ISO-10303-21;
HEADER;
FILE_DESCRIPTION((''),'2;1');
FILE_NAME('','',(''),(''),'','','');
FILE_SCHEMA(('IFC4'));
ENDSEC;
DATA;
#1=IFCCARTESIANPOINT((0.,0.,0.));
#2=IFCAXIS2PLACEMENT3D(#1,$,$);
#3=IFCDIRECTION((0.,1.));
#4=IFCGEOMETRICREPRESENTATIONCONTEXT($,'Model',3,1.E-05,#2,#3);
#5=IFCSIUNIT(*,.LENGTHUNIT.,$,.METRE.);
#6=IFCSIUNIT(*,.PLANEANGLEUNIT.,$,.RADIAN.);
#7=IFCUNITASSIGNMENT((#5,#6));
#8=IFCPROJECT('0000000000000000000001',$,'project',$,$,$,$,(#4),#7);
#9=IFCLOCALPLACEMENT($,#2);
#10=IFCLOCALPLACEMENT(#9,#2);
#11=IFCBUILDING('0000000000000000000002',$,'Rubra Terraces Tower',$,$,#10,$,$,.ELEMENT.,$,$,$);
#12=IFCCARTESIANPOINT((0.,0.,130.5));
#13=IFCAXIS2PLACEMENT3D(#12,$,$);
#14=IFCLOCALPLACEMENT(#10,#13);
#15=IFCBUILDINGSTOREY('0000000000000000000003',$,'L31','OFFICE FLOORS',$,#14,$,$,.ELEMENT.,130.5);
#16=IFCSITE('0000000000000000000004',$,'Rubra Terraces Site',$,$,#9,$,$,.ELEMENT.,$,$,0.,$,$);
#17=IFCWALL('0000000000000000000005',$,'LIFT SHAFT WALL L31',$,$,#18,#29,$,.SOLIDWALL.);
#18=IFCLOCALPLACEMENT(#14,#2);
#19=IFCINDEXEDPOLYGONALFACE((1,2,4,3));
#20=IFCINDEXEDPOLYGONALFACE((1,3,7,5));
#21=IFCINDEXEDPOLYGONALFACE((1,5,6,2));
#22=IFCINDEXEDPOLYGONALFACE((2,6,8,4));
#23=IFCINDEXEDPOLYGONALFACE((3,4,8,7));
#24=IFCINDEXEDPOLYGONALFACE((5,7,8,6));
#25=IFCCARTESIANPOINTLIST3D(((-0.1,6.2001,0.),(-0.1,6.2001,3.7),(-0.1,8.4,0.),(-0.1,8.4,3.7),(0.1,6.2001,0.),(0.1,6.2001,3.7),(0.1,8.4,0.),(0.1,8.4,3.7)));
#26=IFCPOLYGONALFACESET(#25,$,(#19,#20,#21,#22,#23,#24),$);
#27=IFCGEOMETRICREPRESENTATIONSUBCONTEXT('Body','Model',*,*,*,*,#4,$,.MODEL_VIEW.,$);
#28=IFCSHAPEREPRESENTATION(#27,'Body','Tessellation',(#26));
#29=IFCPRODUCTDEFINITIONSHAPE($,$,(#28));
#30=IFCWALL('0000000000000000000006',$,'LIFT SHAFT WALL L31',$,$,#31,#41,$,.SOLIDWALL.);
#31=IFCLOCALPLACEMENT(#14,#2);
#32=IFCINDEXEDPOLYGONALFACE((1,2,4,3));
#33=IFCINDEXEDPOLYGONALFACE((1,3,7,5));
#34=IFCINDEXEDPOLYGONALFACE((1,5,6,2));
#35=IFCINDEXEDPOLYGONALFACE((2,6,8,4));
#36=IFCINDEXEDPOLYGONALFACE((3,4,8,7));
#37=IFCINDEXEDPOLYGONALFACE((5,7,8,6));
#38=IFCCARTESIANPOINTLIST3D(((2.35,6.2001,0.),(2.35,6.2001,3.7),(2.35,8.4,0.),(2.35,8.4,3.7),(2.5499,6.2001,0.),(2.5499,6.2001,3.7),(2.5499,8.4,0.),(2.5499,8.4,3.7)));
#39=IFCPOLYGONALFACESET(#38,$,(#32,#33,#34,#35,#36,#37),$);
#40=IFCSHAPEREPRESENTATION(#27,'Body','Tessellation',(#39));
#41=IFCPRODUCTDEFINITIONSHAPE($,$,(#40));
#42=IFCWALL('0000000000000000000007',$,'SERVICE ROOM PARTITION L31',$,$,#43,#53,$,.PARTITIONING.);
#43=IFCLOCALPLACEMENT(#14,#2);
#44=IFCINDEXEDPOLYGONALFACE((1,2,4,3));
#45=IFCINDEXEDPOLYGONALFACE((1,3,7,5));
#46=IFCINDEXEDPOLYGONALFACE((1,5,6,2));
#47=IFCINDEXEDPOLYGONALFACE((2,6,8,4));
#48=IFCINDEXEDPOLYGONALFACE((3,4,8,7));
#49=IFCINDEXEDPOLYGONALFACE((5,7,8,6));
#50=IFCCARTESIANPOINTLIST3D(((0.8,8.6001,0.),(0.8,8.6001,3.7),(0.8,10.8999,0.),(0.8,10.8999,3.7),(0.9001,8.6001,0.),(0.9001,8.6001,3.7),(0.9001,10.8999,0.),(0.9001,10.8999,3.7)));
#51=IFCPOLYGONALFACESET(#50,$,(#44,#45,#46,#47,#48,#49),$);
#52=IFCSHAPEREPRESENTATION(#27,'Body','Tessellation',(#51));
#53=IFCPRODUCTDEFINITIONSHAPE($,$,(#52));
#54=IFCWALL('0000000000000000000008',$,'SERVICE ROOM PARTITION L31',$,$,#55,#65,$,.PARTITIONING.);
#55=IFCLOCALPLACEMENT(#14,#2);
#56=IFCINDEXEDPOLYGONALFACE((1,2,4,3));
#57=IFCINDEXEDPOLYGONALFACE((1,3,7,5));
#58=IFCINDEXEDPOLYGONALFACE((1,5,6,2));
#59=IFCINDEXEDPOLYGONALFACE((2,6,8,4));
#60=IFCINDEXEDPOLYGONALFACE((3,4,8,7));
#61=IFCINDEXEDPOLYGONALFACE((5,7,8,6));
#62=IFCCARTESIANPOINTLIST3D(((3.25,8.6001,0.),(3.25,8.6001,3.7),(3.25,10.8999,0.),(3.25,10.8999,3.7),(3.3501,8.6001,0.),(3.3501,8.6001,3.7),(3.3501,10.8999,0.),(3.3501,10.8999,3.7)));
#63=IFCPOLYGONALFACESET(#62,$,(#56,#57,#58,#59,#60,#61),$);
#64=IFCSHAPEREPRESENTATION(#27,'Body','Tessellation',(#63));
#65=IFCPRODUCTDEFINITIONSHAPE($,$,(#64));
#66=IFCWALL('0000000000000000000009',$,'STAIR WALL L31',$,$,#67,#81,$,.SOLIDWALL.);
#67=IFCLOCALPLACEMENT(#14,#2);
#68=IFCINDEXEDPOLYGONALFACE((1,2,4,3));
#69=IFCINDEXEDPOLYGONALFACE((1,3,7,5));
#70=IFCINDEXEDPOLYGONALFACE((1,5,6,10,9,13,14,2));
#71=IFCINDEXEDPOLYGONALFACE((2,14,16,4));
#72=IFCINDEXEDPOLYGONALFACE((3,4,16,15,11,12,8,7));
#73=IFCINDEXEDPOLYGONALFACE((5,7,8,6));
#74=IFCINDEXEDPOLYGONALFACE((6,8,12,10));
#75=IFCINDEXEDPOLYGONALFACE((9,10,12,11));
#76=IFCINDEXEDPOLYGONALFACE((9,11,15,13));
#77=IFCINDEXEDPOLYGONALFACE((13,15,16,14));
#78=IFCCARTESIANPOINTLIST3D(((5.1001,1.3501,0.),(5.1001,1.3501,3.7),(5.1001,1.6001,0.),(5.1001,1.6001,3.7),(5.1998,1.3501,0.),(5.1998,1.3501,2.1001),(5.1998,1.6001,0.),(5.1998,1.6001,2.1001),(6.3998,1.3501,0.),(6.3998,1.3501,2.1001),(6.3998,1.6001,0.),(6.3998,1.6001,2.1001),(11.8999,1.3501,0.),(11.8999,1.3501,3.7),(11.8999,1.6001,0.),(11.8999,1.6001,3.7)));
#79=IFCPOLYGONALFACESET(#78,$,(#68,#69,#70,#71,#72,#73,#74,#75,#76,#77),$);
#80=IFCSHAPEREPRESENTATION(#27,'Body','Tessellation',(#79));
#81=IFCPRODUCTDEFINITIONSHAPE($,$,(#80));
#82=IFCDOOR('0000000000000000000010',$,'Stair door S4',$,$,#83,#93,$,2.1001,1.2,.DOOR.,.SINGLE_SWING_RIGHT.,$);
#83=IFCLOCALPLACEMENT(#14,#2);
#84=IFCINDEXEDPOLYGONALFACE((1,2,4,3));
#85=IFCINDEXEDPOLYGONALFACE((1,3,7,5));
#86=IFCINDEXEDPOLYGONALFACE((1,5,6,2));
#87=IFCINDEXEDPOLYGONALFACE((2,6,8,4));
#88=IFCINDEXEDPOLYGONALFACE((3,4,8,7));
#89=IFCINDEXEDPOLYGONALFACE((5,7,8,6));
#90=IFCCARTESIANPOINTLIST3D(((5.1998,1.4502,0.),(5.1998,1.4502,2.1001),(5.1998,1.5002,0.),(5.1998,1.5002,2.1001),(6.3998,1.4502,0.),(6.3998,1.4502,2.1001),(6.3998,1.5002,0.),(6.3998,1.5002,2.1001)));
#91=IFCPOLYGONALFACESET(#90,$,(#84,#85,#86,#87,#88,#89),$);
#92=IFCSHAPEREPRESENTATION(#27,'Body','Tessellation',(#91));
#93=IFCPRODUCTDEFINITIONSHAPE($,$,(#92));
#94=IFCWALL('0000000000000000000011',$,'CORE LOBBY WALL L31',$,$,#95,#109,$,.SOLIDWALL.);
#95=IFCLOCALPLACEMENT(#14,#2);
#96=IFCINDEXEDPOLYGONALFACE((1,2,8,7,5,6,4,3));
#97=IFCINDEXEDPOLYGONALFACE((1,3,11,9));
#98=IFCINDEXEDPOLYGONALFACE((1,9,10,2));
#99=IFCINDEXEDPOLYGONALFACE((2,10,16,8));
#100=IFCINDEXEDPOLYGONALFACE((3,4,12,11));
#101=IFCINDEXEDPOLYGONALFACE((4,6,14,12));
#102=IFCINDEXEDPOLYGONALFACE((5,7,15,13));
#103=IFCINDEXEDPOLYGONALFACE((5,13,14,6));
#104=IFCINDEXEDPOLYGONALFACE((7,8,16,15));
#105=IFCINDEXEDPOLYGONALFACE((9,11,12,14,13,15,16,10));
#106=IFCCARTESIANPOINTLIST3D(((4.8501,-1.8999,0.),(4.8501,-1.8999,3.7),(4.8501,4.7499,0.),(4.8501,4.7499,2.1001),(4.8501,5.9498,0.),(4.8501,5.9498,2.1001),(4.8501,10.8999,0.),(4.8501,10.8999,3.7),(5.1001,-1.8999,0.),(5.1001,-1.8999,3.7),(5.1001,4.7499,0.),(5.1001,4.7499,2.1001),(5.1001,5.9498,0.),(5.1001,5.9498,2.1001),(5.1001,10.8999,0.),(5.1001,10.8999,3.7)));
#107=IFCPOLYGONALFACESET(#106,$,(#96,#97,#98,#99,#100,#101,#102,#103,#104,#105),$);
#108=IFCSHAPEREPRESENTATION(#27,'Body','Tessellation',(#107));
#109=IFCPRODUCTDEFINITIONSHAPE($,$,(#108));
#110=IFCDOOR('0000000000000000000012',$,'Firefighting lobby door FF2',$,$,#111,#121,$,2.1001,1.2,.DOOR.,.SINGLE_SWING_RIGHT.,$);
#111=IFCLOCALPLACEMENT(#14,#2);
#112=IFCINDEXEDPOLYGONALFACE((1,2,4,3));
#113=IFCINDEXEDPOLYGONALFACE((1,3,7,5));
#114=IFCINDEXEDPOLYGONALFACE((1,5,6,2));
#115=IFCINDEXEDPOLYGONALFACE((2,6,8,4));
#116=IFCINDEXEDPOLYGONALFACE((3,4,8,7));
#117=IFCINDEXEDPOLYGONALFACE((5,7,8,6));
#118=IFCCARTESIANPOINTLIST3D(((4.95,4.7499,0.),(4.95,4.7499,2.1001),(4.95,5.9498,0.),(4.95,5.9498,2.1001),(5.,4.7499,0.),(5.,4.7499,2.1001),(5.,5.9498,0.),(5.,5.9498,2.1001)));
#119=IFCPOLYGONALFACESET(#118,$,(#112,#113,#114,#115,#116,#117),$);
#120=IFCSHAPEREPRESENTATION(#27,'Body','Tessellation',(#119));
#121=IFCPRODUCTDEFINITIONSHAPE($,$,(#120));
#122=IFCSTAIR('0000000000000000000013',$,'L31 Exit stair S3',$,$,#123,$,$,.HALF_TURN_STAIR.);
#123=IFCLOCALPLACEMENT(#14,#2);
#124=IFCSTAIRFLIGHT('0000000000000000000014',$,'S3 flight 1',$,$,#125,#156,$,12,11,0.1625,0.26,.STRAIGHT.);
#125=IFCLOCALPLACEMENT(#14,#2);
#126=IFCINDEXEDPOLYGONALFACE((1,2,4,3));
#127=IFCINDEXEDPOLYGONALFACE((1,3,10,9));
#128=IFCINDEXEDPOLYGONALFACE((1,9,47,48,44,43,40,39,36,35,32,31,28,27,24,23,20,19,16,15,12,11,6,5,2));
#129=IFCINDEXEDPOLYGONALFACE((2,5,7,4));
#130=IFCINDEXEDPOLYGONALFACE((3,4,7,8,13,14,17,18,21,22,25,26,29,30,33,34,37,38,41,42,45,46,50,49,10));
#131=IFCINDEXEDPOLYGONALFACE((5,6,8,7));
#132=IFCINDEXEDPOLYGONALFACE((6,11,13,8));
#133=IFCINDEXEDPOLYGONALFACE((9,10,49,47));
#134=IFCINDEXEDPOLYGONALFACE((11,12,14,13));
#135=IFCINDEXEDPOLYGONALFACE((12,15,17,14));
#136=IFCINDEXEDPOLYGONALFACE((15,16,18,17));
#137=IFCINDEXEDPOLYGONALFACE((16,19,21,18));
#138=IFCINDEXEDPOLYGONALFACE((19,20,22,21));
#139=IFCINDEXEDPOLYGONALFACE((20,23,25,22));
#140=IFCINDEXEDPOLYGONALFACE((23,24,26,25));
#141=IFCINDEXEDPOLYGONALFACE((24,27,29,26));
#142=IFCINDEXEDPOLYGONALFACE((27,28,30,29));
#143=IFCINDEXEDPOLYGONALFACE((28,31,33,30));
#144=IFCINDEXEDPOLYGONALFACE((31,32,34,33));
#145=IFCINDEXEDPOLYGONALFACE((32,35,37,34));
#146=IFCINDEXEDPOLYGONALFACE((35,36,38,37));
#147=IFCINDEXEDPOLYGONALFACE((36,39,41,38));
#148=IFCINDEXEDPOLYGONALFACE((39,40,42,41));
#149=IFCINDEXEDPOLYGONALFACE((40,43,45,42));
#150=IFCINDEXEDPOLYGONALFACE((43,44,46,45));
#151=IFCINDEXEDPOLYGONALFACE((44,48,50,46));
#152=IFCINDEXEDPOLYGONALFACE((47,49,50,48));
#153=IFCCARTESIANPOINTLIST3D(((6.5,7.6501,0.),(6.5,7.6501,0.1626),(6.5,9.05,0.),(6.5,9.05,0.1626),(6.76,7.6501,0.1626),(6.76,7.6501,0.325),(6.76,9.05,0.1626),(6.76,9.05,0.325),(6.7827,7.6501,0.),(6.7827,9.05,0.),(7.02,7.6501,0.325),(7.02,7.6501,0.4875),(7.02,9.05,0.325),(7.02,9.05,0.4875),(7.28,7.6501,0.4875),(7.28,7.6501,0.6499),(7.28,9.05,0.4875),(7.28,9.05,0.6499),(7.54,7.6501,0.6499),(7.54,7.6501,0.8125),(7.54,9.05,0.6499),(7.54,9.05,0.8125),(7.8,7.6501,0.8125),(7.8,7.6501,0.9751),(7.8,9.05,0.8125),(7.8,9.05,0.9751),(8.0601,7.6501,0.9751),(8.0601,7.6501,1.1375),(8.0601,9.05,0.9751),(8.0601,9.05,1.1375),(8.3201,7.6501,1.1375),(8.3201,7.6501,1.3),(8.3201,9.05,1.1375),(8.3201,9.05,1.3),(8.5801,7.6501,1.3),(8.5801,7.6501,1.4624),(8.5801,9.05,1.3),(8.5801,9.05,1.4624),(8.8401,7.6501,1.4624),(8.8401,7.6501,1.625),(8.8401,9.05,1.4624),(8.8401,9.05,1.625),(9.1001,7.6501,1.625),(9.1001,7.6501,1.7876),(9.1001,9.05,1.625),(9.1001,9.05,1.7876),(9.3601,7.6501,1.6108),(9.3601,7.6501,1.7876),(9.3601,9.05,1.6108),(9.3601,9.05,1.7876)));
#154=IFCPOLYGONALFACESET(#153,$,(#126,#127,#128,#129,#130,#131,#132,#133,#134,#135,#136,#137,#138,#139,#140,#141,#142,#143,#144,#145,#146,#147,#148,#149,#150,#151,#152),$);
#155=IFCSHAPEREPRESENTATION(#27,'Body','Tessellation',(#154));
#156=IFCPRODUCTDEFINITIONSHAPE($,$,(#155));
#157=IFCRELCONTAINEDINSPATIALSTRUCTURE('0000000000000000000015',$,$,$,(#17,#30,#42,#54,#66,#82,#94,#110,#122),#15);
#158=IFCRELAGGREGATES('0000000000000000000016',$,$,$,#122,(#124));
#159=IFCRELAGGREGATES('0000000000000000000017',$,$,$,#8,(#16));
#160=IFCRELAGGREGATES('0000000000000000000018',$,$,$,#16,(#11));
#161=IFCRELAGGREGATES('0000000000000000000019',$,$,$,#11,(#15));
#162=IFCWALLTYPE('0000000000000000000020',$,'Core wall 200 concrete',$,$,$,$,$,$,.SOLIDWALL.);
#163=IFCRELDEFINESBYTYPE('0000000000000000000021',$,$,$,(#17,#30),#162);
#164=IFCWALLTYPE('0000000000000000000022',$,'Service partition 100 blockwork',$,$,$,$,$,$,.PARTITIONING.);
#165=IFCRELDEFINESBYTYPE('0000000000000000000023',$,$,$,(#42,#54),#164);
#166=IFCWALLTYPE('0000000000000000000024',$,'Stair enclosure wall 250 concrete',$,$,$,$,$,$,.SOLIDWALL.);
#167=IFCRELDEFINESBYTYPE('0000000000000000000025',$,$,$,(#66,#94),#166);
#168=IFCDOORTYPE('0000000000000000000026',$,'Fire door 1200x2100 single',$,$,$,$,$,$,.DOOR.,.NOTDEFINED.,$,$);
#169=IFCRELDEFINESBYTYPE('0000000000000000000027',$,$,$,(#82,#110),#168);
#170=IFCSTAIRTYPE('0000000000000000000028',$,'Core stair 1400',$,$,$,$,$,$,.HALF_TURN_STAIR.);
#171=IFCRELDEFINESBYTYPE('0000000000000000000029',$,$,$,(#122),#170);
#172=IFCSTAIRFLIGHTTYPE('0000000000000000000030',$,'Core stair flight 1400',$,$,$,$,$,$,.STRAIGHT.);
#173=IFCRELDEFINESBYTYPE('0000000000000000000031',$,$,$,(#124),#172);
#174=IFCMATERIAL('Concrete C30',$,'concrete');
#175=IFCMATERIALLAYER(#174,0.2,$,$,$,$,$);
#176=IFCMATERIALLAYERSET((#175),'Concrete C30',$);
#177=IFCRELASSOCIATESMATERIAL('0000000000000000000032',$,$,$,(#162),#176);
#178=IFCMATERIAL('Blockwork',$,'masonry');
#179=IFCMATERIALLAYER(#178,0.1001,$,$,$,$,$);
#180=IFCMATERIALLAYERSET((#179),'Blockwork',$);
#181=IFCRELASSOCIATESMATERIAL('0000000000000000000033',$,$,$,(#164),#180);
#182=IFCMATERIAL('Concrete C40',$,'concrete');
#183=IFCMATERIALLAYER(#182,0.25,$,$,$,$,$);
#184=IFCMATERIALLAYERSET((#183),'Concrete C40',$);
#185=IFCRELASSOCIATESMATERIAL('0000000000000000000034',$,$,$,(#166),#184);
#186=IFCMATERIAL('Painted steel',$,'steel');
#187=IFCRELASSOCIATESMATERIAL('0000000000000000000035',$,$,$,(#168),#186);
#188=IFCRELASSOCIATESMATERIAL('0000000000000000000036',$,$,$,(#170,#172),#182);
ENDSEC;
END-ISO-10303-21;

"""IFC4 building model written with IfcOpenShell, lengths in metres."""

from ifc_helpers import new_model, si_unit, direction, frame, frame_2d, origin, place, context, subcontext, project, spatial, polyline, rectangle, outline, extrude, material, layer, layer_set, type_object, element, fill, aggregate, save


model = new_model("IFC4")

# Units and contexts
model_context = context("Model", 3, precision=1e-05, world=origin(), true_north=direction((0.0, 1.0)))
body_context = subcontext(model_context, "Body", "Model", "MODEL_VIEW")
ifc_project = project(units=[si_unit("LENGTHUNIT", "METRE"), si_unit("PLANEANGLEUNIT", "RADIAN")], contexts=[model_context])

# Site, building, storey
site_placement = place(None, origin())
site = spatial("IfcSite", under=ifc_project, at=site_placement, Name="Rubra Terraces Site", CompositionType="ELEMENT", RefElevation=0.0)
building_placement = place(site_placement, origin())
building = spatial("IfcBuilding", under=site, at=building_placement, Name="Rubra Terraces Tower", CompositionType="ELEMENT")
storey_placement = place(building_placement, frame((0.0, 0.0, 130.5)))
storey = spatial("IfcBuildingStorey", under=building, at=storey_placement, Name="L31", Description="OFFICE FLOORS", CompositionType="ELEMENT", Elevation=130.5)

# Walls
ifc_material_1 = material(Name="Concrete C40", Category="concrete")
ifc_material_2 = material(Name="Concrete C30", Category="concrete")
ifc_layer_1 = layer(ifc_material_2, 0.2)
ifc_layer_set_1 = layer_set([ifc_layer_1], Name="Concrete C30")
wall_type_1 = type_object("IfcWallType", Name="Core wall 200 concrete", PredefinedType="SOLIDWALL", material=ifc_layer_set_1)
for number, where, z_axis, x_axis, name in (
    (1, (0.0, 6.2, 0.0), (0.0, 0.0, 1.0), (0.0, 1.0, 0.0), "LIFT SHAFT WALL L31"),
    (2, (2.45, 6.2, 0.0), (0.0, 0.0, 1.0), (0.0, 1.0, 0.0), "LIFT SHAFT WALL L31"),
):
    element("IfcWall", number, at=place(storey_placement, frame(where, z_axis=z_axis, x_axis=x_axis)), inside=storey, type_object=wall_type_1, Name=name, PredefinedType="SOLIDWALL", context=body_context, shape_type="SweptSolid", body=[
        extrude(rectangle(XDim=2.2, YDim=0.2, at=frame_2d((1.1001, 0.0))), origin(), (0.0, 0.0, 1.0), 3.7),
    ])
ifc_material_3 = material(Name="Blockwork", Category="masonry")
ifc_layer_2 = layer(ifc_material_3, 0.1001)
ifc_layer_set_2 = layer_set([ifc_layer_2], Name="Blockwork")
wall_type_2 = type_object("IfcWallType", Name="Service partition 100 blockwork", PredefinedType="PARTITIONING", material=ifc_layer_set_2)
for number, where, z_axis, x_axis, name in (
    (3, (0.8501, 8.6001, 0.0), (0.0, 0.0, 1.0), (0.0, 1.0, 0.0), "SERVICE ROOM PARTITION L31"),
    (4, (3.3, 8.6001, 0.0), (0.0, 0.0, 1.0), (0.0, 1.0, 0.0), "SERVICE ROOM PARTITION L31"),
):
    element("IfcWall", number, at=place(storey_placement, frame(where, z_axis=z_axis, x_axis=x_axis)), inside=storey, type_object=wall_type_2, Name=name, PredefinedType="PARTITIONING", context=body_context, shape_type="SweptSolid", body=[
        extrude(rectangle(XDim=2.2998, YDim=0.1001, at=frame_2d((1.1499, 0.0))), origin(), (0.0, 0.0, 1.0), 3.7),
    ])

# Walls, openings, doors
ifc_layer_3 = layer(ifc_material_1, 0.25)
ifc_layer_set_3 = layer_set([ifc_layer_3], Name="Concrete C40")
wall_type_3 = type_object("IfcWallType", Name="Stair enclosure wall 250 concrete", PredefinedType="SOLIDWALL", material=ifc_layer_set_3)
wall_1_placement = place(storey_placement, frame((11.8999, 1.4751, 0.0), z_axis=(0.0, 0.0, 1.0), x_axis=(-1.0, 0.0, 0.0)))
wall_1 = element("IfcWall", 5, at=wall_1_placement, inside=storey, type_object=wall_type_3, Name="STAIR WALL L31", PredefinedType="SOLIDWALL", context=body_context, shape_type="SweptSolid", body=[
    extrude(rectangle(XDim=6.7998, YDim=0.25, at=frame_2d((3.3999, 0.0))), origin(), (0.0, 0.0, 1.0), 3.7),
])
opening_1_placement = place(wall_1_placement, frame((5.5, 0.0, 0.0)))
opening_1 = element("IfcOpeningElement", 6, at=opening_1_placement, cuts=wall_1, PredefinedType="OPENING", context=body_context, shape_type="SweptSolid", body=[
    extrude(rectangle(XDim=1.2, YDim=2.1001, at=frame_2d((0.6001, 1.05))), frame((0.0, 0.135, 0.0), z_axis=(0.0, -1.0, 0.0), x_axis=(1.0, 0.0, 0.0)), (0.0, 0.0, 1.0), 0.27),
])
ifc_material_4 = material(Name="Painted steel", Category="steel")
door_type_1 = type_object("IfcDoorType", Name="Fire door 1200x2100 single", OperationType="NOTDEFINED", PredefinedType="DOOR", material=ifc_material_4)
door_1_placement = place(opening_1_placement, origin())
door_1 = element("IfcDoor", 7, at=door_1_placement, inside=storey, type_object=door_type_1, Name="Stair door S4", OperationType="SINGLE_SWING_RIGHT", OverallHeight=2.1001, OverallWidth=1.2, PredefinedType="DOOR", context=body_context, shape_type="SweptSolid", body=[
    extrude(rectangle(XDim=1.2, YDim=2.1001, at=frame_2d((0.6001, 1.05))), frame((0.0, 0.0249, 0.0), z_axis=(0.0, -1.0, 0.0), x_axis=(1.0, 0.0, 0.0)), (0.0, 0.0, 1.0), 0.05),
])
fill(opening_1, door_1)
wall_2_placement = place(storey_placement, frame((4.9751, 10.8999, 0.0), z_axis=(0.0, 0.0, 1.0), x_axis=(0.0, -1.0, 0.0)))
wall_2 = element("IfcWall", 8, at=wall_2_placement, inside=storey, type_object=wall_type_3, Name="CORE LOBBY WALL L31", PredefinedType="SOLIDWALL", context=body_context, shape_type="SweptSolid", body=[
    extrude(rectangle(XDim=12.7998, YDim=0.25, at=frame_2d((6.3999, 0.0))), origin(), (0.0, 0.0, 1.0), 3.7),
])
opening_2_placement = place(wall_2_placement, frame((4.95, 0.0, 0.0)))
opening_2 = element("IfcOpeningElement", 9, at=opening_2_placement, cuts=wall_2, PredefinedType="OPENING", context=body_context, shape_type="SweptSolid", body=[
    extrude(rectangle(XDim=1.2, YDim=2.1001, at=frame_2d((0.6001, 1.05))), frame((0.0, 0.135, 0.0), z_axis=(0.0, -1.0, 0.0), x_axis=(1.0, 0.0, 0.0)), (0.0, 0.0, 1.0), 0.27),
])
door_2_placement = place(opening_2_placement, origin())
door_2 = element("IfcDoor", 10, at=door_2_placement, inside=storey, type_object=door_type_1, Name="Firefighting lobby door FF2", OperationType="SINGLE_SWING_RIGHT", OverallHeight=2.1001, OverallWidth=1.2, PredefinedType="DOOR", context=body_context, shape_type="SweptSolid", body=[
    extrude(rectangle(XDim=1.2, YDim=2.1001, at=frame_2d((0.6001, 1.05))), frame((0.0, 0.0249, 0.0), z_axis=(0.0, -1.0, 0.0), x_axis=(1.0, 0.0, 0.0)), (0.0, 0.0, 1.0), 0.05),
])
fill(opening_2, door_2)

# Stair, stair flight
stair_type = type_object("IfcStairType", Name="Core stair 1400", PredefinedType="HALF_TURN_STAIR", material=ifc_material_1)
stair_placement = place(storey_placement, origin())
stair = element("IfcStair", 11, at=stair_placement, inside=storey, type_object=stair_type, Name="L31 Exit stair S3", PredefinedType="HALF_TURN_STAIR")
stair_flight_type = type_object("IfcStairFlightType", Name="Core stair flight 1400", PredefinedType="STRAIGHT", material=ifc_material_1)
stair_flight_1_placement = place(storey_placement, frame((6.5, 8.3501, 0.0), z_axis=(0.0, 0.0, 1.0), x_axis=(1.0, 0.0, 0.0)))
stair_flight_1 = element("IfcStairFlight", 12, at=stair_flight_1_placement, type_object=stair_flight_type, Name="S3 flight 1", NumberOfRisers=12, NumberOfTreads=11, PredefinedType="STRAIGHT", RiserHeight=0.1625, TreadLength=0.26, context=body_context, shape_type="SweptSolid", body=[
    extrude(outline(polyline([(0.0, 0.0), (0.0, 0.1626), (0.26, 0.1626), (0.26, 0.325), (0.52, 0.325), (0.52, 0.4875), (0.78, 0.4875), (0.78, 0.6499), (1.04, 0.6499), (1.04, 0.8125), (1.3, 0.8125), (1.3, 0.9751), (1.5601, 0.9751), (1.5601, 1.1375), (1.8201, 1.1375), (1.8201, 1.3), (2.0801, 1.3), (2.0801, 1.4624), (2.3401, 1.4624), (2.3401, 1.625), (2.6001, 1.625), (2.6001, 1.7876), (2.8601, 1.7876), (2.8601, 1.95), (2.8601, 1.6108), (0.2827, 0.0), (0.0, 0.0)])), frame((0.0, 0.7, 0.0), z_axis=(0.0, -1.0, 0.0), x_axis=(1.0, 0.0, 0.0)), (0.0, 0.0, 1.0), 1.3999),
])
aggregate(stair, [stair_flight_1])

save(model, "model.ifc")
